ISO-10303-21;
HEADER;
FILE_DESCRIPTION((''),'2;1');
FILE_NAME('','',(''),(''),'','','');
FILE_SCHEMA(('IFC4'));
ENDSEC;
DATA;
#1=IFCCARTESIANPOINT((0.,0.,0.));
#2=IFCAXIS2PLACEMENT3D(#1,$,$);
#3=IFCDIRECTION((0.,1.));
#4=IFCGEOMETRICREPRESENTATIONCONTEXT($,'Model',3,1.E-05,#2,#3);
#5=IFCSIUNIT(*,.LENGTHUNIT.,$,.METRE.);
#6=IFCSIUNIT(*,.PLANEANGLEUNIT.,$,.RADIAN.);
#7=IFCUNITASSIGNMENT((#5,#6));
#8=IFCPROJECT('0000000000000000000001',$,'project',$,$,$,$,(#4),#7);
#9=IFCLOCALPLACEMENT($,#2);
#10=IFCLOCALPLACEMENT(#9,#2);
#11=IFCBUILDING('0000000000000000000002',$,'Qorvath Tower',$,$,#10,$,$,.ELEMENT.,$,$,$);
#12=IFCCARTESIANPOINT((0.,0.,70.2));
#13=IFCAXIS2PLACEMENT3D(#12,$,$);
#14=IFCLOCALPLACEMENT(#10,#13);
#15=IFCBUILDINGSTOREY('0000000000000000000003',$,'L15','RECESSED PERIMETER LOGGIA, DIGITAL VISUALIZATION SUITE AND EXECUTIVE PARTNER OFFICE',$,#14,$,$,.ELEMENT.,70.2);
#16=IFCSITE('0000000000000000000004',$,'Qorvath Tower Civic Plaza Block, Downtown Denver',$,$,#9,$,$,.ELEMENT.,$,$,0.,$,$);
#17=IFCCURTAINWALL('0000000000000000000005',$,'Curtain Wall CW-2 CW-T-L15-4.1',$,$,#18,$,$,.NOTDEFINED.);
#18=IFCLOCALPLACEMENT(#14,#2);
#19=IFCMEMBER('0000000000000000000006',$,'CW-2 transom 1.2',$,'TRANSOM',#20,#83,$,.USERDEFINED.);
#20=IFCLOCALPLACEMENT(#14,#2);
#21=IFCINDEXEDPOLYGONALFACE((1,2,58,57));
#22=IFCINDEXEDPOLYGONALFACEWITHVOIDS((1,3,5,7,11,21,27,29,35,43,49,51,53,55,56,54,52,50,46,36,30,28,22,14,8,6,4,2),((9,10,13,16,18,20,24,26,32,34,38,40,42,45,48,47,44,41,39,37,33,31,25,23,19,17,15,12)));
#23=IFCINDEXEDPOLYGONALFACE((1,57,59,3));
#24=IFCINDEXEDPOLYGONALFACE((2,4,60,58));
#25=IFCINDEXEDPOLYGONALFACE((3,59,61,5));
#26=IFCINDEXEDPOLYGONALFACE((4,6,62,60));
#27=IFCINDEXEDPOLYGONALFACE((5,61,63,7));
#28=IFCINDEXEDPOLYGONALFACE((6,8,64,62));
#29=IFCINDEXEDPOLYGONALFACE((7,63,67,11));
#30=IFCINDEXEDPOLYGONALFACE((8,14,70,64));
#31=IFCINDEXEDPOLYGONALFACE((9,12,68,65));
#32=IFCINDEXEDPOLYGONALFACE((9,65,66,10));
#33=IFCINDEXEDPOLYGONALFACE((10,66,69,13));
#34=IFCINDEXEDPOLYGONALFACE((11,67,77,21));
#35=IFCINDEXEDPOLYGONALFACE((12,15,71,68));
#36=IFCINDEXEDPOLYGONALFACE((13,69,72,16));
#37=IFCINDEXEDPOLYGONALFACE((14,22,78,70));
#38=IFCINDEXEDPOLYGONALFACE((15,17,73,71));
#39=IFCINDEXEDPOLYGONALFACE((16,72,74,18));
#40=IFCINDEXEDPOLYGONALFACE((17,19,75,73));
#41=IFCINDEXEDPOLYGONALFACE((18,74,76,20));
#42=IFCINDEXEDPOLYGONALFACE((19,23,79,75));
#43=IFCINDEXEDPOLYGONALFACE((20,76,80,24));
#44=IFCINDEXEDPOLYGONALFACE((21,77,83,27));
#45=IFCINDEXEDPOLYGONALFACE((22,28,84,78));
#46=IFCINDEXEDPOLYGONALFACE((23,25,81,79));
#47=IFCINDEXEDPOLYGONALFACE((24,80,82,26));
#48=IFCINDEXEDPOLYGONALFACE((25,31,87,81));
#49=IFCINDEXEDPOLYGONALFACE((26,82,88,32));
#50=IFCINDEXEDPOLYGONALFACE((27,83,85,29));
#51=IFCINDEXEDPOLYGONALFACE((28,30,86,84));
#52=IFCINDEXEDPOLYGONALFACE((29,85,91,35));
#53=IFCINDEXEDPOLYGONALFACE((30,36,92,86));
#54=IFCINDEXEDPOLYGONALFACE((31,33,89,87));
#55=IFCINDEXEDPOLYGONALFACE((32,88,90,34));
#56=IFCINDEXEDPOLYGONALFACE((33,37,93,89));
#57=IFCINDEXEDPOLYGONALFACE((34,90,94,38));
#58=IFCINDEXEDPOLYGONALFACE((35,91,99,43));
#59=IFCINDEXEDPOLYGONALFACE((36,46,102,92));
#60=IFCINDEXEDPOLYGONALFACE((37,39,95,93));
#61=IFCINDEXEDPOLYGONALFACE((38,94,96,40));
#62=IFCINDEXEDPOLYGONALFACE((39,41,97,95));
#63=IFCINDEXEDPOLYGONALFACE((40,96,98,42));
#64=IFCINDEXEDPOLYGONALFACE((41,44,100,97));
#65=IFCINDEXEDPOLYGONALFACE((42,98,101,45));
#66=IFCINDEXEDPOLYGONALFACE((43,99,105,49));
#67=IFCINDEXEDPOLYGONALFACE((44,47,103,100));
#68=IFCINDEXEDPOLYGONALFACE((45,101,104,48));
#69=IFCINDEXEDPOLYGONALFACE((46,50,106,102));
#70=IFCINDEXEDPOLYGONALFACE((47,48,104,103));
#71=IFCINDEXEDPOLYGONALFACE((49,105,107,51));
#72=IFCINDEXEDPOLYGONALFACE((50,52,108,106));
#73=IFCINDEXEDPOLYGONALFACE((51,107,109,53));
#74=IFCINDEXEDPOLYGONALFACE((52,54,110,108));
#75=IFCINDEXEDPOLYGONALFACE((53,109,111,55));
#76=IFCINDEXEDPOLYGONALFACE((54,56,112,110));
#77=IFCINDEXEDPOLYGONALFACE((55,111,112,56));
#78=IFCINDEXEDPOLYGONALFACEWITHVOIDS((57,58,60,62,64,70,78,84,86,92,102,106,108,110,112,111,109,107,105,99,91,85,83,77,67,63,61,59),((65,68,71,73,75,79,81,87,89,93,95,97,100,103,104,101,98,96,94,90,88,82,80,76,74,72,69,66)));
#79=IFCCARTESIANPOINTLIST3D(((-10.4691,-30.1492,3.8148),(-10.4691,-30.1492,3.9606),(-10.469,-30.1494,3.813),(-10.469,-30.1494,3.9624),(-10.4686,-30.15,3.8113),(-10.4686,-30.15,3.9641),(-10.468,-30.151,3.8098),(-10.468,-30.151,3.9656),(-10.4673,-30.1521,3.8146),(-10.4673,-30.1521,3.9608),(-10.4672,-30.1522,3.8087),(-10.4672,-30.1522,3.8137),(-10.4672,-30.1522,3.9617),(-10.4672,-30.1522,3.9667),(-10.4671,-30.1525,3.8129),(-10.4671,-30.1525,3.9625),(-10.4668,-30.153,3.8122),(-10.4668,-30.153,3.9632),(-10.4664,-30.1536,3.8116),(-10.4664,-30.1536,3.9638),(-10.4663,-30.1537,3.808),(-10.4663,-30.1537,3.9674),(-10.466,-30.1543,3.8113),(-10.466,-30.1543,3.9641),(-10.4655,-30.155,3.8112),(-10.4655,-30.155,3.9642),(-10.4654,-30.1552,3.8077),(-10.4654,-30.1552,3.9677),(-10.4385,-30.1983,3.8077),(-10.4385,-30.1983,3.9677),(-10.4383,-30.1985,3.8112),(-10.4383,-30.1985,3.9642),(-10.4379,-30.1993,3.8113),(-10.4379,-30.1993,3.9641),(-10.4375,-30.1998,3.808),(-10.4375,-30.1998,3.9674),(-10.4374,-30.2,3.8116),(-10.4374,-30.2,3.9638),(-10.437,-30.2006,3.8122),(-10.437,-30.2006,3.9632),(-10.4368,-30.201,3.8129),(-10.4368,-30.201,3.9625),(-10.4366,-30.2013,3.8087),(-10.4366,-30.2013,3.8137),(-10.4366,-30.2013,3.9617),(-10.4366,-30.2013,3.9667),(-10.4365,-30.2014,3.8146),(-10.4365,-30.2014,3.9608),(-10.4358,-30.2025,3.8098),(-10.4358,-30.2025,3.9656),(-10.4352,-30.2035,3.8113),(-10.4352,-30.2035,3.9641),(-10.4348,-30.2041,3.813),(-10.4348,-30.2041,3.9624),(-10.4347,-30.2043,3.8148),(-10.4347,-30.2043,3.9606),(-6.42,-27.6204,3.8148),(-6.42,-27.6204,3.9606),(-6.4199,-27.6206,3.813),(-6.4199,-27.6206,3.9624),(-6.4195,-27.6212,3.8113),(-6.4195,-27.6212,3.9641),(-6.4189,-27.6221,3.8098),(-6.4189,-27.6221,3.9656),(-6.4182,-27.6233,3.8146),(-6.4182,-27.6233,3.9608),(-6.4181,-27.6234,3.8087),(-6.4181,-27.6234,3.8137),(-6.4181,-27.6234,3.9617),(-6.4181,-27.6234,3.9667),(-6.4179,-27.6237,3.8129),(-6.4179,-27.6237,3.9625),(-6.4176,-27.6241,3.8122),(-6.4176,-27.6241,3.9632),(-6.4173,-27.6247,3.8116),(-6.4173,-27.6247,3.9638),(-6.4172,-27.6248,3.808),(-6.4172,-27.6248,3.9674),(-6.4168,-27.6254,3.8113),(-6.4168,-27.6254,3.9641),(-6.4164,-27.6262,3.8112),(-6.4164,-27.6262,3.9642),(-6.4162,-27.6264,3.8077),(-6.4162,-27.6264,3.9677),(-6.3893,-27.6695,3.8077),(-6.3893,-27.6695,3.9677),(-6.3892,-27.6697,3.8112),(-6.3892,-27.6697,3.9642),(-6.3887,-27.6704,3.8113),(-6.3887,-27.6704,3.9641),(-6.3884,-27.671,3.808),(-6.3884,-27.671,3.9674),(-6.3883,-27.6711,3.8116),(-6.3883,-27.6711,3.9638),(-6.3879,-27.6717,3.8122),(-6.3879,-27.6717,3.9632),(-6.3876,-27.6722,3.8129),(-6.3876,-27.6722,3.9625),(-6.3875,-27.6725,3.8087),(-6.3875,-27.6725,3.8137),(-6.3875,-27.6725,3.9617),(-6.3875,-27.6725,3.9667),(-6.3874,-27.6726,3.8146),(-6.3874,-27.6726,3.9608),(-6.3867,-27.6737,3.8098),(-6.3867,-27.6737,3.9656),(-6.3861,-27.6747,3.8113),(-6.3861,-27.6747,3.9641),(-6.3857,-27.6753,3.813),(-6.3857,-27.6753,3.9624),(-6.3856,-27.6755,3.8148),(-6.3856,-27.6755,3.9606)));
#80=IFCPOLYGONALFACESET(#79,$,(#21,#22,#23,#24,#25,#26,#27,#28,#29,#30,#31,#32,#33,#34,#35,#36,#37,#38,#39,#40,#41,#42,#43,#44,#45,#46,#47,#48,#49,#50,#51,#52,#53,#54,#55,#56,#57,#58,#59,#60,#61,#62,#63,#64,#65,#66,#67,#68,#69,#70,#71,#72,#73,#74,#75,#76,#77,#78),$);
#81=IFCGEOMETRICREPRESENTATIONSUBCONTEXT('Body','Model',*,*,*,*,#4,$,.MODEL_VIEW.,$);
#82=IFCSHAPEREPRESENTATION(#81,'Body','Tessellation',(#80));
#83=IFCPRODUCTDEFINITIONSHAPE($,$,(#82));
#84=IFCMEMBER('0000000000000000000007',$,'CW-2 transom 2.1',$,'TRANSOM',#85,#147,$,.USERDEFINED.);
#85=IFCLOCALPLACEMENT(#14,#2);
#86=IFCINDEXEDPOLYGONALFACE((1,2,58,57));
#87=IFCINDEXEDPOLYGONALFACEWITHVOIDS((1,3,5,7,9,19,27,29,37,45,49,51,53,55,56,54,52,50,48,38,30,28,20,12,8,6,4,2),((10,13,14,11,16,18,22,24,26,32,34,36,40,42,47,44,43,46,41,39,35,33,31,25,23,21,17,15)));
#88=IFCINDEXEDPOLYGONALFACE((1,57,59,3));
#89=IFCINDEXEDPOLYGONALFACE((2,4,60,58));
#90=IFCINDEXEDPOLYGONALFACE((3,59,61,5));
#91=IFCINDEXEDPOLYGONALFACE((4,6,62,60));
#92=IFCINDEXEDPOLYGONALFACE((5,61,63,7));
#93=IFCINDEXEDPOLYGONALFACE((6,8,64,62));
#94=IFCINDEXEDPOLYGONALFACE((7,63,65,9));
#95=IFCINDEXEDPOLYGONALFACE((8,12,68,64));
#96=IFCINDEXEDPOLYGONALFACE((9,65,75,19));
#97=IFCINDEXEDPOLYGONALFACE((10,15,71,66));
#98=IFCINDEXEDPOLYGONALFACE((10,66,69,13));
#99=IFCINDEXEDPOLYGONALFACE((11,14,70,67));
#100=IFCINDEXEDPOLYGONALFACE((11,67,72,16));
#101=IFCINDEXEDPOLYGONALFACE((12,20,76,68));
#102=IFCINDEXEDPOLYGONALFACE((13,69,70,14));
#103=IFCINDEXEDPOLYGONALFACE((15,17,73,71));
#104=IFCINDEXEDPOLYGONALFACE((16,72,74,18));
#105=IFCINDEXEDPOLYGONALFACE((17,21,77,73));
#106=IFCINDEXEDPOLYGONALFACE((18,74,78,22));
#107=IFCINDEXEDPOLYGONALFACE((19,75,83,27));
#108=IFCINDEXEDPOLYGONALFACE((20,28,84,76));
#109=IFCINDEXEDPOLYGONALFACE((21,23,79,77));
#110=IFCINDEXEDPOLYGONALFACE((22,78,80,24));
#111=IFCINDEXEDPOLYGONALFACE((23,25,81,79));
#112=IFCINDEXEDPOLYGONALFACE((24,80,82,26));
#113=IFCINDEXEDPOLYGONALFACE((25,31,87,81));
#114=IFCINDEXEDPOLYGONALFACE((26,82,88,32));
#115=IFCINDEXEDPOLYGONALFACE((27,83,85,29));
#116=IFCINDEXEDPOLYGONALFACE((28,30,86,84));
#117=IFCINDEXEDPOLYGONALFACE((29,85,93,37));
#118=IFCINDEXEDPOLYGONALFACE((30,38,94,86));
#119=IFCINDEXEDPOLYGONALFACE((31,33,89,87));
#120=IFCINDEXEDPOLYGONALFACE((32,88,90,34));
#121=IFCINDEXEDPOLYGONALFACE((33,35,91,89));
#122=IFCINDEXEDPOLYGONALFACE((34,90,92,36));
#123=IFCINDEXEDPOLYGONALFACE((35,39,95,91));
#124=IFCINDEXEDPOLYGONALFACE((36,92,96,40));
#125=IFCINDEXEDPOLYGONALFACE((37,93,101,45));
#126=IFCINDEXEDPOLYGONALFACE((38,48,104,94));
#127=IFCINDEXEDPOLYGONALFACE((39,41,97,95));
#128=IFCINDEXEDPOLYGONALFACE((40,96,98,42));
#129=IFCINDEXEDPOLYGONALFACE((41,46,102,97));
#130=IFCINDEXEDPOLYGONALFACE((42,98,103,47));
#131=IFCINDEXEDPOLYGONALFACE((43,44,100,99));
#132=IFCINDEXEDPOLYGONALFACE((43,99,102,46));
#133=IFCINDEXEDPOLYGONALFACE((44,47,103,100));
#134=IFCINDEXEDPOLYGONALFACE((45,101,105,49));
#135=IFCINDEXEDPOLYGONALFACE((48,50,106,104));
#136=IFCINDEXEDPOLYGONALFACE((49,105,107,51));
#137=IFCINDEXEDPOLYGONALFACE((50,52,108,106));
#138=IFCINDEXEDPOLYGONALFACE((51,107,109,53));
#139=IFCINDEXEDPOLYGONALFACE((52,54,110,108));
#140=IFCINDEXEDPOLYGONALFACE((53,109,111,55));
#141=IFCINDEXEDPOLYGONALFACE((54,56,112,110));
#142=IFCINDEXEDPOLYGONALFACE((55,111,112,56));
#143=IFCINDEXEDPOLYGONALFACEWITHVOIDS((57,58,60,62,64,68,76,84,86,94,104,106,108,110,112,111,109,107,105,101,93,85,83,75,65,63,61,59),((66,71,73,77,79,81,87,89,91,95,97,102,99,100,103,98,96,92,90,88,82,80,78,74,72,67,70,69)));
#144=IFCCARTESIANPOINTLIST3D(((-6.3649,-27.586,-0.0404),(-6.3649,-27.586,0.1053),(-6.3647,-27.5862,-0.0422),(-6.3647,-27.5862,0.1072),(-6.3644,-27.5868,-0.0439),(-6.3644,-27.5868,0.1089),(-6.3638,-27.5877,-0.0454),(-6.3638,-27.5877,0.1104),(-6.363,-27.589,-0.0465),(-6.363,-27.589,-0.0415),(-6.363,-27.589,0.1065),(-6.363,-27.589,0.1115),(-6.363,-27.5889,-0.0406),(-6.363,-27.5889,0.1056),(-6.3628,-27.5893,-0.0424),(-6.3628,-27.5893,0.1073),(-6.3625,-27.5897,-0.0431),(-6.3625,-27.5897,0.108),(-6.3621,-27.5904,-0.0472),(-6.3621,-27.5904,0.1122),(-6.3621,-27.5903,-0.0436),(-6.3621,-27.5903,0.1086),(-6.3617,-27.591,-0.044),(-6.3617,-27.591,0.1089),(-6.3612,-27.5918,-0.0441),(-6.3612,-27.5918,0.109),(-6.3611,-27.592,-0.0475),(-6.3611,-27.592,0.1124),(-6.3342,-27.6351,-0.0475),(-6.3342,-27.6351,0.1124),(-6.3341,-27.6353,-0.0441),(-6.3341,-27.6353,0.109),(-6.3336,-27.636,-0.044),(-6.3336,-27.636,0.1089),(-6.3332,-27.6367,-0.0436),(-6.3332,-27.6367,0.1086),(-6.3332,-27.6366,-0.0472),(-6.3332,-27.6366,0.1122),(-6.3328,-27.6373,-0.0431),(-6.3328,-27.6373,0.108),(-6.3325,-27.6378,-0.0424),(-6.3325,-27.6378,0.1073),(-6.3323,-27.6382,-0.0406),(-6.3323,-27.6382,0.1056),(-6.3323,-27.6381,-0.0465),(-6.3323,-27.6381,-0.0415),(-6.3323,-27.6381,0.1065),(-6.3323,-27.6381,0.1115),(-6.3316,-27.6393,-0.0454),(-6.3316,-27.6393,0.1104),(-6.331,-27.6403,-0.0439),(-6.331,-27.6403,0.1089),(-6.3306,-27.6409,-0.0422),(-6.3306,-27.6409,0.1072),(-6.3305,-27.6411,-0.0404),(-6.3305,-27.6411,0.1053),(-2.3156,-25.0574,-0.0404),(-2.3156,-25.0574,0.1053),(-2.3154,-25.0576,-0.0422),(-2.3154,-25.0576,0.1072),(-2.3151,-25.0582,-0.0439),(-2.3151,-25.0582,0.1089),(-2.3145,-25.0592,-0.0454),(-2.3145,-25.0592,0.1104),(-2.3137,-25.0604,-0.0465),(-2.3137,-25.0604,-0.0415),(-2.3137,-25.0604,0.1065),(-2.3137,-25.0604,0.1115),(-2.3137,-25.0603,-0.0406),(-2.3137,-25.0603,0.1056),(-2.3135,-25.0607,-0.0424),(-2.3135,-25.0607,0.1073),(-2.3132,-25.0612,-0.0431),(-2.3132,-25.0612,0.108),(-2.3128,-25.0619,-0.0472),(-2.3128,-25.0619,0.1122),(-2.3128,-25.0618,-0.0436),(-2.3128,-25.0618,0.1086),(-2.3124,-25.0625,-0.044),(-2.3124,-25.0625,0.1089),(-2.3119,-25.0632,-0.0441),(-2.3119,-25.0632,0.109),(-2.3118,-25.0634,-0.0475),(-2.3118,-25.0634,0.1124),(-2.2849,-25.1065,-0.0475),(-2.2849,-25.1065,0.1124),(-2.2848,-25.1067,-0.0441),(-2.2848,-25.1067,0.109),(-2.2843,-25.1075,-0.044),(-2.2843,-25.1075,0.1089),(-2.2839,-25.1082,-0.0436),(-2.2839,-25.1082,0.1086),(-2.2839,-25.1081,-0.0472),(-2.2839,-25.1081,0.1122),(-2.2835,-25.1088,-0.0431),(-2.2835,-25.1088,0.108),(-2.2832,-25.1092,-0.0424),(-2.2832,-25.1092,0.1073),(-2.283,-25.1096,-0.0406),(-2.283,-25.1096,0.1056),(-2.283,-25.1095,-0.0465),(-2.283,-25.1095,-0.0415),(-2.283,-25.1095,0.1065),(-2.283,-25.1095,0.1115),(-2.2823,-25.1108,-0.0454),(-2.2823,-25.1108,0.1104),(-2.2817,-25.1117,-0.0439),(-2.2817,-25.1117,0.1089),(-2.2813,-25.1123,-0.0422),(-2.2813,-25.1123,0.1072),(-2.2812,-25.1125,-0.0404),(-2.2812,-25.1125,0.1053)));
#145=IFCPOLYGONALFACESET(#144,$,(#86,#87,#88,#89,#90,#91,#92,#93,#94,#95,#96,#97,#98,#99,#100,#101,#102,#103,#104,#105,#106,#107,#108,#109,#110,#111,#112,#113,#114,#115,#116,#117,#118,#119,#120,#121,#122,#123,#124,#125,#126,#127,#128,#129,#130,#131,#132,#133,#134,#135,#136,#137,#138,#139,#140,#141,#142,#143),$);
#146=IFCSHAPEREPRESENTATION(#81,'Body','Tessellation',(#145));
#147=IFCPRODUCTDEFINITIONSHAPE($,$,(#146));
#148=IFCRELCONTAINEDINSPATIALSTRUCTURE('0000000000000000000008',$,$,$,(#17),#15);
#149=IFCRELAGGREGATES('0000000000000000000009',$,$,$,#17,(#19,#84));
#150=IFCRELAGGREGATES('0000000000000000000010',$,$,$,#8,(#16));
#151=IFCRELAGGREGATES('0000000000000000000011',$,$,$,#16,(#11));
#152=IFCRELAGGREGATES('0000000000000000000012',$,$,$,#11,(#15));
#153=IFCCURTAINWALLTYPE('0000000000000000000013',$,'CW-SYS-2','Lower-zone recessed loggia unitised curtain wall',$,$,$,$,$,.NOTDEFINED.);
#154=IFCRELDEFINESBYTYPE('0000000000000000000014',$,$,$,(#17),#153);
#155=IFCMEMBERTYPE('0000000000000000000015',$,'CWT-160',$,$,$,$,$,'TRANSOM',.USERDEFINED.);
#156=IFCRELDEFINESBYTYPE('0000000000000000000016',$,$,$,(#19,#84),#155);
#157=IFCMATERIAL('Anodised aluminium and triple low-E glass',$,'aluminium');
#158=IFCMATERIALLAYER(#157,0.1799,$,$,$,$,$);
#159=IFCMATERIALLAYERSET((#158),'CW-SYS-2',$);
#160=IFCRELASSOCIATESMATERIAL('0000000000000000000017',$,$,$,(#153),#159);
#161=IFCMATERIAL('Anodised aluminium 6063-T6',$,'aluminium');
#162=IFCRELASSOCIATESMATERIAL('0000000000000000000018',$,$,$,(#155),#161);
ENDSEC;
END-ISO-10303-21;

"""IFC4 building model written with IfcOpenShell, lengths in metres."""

from ifc_helpers import new_model, si_unit, direction, frame, origin, origin_2d, place, context, subcontext, project, spatial, hollow_rectangle, extrude, material, layer, layer_set, material_profile, profile_set, type_object, element, aggregate, save


model = new_model("IFC4")

# Units and contexts
model_context = context("Model", 3, precision=1e-05, world=origin(), true_north=direction((0.0, 1.0)))
body_context = subcontext(model_context, "Body", "Model", "MODEL_VIEW")
ifc_project = project(units=[si_unit("LENGTHUNIT", "METRE"), si_unit("PLANEANGLEUNIT", "RADIAN")], contexts=[model_context])

# Site, building, storey
site_placement = place(None, origin())
site = spatial("IfcSite", under=ifc_project, at=site_placement, Name="Qorvath Tower Civic Plaza Block, Downtown Denver", CompositionType="ELEMENT", RefElevation=0.0)
building_placement = place(site_placement, origin())
building = spatial("IfcBuilding", under=site, at=building_placement, Name="Qorvath Tower", CompositionType="ELEMENT")
storey_placement = place(building_placement, frame((0.0, 0.0, 70.2)))
storey = spatial("IfcBuildingStorey", under=building, at=storey_placement, Name="L15", Description="RECESSED PERIMETER LOGGIA, DIGITAL VISUALIZATION SUITE AND EXECUTIVE PARTNER OFFICE", CompositionType="ELEMENT", Elevation=70.2)

# Shared definitions
ifc_material_1 = material(Name="Anodised aluminium and triple low-E glass", Category="aluminium")
ifc_layer_1 = layer(ifc_material_1, 0.1799)
ifc_layer_set_1 = layer_set([ifc_layer_1], Name="CW-SYS-2")
curtain_wall_type = type_object("IfcCurtainWallType", Name="CW-SYS-2", Description="Lower-zone recessed loggia unitised curtain wall", PredefinedType="NOTDEFINED", material=ifc_layer_set_1)

# Curtain wall
curtain_wall_1_placement = place(storey_placement, origin())
curtain_wall_1 = element("IfcCurtainWall", 1, at=curtain_wall_1_placement, inside=storey, type_object=curtain_wall_type, Name="Curtain Wall CW-2 CW-T-L15-4.1", PredefinedType="NOTDEFINED")

# Members
ifc_material_2 = material(Name="Anodised aluminium 6063-T6", Category="aluminium")
ifc_material_profile_1 = material_profile(ifc_material_2, hollow_rectangle(XDim=0.0649, YDim=0.1599, WallThickness=0.0034, InnerFilletRadius=0.0034, OuterFilletRadius=0.0071, at=origin_2d()), Name="CWT 160x65")
ifc_profile_set_1 = profile_set([ifc_material_profile_1], Name="Anodised aluminium 6063-T6")
member_type_1 = type_object("IfcMemberType", Name="CWT-160", ElementType="TRANSOM", PredefinedType="USERDEFINED", material=ifc_profile_set_1)
member_1_placement = place(storey_placement, frame((-10.4519, -30.1768, 3.8877), z_axis=(0.848174, 0.529718, 0.0), x_axis=(-0.529718, 0.848174, 0.0)))
member_1 = element("IfcMember", 2, at=member_1_placement, type_object=member_type_1, Name="CW-2 transom 1.2", ObjectType="TRANSOM", PredefinedType="USERDEFINED", context=body_context, shape_type="SweptSolid", body=[
    extrude(hollow_rectangle(XDim=0.0649, YDim=0.1599, WallThickness=0.0034, InnerFilletRadius=0.0034, OuterFilletRadius=0.0071, at=origin_2d()), origin(), (0.0, 0.0, 1.0), 4.7739),
])
member_2_placement = place(storey_placement, frame((-6.3477, -27.6135, 0.0325), z_axis=(0.848211, 0.529659, 0.0), x_axis=(-0.529659, 0.848211, 0.0)))
member_2 = element("IfcMember", 3, at=member_2_placement, type_object=member_type_1, Name="CW-2 transom 2.1", ObjectType="TRANSOM", PredefinedType="USERDEFINED", context=body_context, shape_type="SweptSolid", body=[
    extrude(hollow_rectangle(XDim=0.0649, YDim=0.1599, WallThickness=0.0034, InnerFilletRadius=0.0034, OuterFilletRadius=0.0071, at=origin_2d()), origin(), (0.0, 0.0, 1.0), 4.7739),
])

aggregate(curtain_wall_1, [member_1, member_2])

save(model, "model.ifc")
